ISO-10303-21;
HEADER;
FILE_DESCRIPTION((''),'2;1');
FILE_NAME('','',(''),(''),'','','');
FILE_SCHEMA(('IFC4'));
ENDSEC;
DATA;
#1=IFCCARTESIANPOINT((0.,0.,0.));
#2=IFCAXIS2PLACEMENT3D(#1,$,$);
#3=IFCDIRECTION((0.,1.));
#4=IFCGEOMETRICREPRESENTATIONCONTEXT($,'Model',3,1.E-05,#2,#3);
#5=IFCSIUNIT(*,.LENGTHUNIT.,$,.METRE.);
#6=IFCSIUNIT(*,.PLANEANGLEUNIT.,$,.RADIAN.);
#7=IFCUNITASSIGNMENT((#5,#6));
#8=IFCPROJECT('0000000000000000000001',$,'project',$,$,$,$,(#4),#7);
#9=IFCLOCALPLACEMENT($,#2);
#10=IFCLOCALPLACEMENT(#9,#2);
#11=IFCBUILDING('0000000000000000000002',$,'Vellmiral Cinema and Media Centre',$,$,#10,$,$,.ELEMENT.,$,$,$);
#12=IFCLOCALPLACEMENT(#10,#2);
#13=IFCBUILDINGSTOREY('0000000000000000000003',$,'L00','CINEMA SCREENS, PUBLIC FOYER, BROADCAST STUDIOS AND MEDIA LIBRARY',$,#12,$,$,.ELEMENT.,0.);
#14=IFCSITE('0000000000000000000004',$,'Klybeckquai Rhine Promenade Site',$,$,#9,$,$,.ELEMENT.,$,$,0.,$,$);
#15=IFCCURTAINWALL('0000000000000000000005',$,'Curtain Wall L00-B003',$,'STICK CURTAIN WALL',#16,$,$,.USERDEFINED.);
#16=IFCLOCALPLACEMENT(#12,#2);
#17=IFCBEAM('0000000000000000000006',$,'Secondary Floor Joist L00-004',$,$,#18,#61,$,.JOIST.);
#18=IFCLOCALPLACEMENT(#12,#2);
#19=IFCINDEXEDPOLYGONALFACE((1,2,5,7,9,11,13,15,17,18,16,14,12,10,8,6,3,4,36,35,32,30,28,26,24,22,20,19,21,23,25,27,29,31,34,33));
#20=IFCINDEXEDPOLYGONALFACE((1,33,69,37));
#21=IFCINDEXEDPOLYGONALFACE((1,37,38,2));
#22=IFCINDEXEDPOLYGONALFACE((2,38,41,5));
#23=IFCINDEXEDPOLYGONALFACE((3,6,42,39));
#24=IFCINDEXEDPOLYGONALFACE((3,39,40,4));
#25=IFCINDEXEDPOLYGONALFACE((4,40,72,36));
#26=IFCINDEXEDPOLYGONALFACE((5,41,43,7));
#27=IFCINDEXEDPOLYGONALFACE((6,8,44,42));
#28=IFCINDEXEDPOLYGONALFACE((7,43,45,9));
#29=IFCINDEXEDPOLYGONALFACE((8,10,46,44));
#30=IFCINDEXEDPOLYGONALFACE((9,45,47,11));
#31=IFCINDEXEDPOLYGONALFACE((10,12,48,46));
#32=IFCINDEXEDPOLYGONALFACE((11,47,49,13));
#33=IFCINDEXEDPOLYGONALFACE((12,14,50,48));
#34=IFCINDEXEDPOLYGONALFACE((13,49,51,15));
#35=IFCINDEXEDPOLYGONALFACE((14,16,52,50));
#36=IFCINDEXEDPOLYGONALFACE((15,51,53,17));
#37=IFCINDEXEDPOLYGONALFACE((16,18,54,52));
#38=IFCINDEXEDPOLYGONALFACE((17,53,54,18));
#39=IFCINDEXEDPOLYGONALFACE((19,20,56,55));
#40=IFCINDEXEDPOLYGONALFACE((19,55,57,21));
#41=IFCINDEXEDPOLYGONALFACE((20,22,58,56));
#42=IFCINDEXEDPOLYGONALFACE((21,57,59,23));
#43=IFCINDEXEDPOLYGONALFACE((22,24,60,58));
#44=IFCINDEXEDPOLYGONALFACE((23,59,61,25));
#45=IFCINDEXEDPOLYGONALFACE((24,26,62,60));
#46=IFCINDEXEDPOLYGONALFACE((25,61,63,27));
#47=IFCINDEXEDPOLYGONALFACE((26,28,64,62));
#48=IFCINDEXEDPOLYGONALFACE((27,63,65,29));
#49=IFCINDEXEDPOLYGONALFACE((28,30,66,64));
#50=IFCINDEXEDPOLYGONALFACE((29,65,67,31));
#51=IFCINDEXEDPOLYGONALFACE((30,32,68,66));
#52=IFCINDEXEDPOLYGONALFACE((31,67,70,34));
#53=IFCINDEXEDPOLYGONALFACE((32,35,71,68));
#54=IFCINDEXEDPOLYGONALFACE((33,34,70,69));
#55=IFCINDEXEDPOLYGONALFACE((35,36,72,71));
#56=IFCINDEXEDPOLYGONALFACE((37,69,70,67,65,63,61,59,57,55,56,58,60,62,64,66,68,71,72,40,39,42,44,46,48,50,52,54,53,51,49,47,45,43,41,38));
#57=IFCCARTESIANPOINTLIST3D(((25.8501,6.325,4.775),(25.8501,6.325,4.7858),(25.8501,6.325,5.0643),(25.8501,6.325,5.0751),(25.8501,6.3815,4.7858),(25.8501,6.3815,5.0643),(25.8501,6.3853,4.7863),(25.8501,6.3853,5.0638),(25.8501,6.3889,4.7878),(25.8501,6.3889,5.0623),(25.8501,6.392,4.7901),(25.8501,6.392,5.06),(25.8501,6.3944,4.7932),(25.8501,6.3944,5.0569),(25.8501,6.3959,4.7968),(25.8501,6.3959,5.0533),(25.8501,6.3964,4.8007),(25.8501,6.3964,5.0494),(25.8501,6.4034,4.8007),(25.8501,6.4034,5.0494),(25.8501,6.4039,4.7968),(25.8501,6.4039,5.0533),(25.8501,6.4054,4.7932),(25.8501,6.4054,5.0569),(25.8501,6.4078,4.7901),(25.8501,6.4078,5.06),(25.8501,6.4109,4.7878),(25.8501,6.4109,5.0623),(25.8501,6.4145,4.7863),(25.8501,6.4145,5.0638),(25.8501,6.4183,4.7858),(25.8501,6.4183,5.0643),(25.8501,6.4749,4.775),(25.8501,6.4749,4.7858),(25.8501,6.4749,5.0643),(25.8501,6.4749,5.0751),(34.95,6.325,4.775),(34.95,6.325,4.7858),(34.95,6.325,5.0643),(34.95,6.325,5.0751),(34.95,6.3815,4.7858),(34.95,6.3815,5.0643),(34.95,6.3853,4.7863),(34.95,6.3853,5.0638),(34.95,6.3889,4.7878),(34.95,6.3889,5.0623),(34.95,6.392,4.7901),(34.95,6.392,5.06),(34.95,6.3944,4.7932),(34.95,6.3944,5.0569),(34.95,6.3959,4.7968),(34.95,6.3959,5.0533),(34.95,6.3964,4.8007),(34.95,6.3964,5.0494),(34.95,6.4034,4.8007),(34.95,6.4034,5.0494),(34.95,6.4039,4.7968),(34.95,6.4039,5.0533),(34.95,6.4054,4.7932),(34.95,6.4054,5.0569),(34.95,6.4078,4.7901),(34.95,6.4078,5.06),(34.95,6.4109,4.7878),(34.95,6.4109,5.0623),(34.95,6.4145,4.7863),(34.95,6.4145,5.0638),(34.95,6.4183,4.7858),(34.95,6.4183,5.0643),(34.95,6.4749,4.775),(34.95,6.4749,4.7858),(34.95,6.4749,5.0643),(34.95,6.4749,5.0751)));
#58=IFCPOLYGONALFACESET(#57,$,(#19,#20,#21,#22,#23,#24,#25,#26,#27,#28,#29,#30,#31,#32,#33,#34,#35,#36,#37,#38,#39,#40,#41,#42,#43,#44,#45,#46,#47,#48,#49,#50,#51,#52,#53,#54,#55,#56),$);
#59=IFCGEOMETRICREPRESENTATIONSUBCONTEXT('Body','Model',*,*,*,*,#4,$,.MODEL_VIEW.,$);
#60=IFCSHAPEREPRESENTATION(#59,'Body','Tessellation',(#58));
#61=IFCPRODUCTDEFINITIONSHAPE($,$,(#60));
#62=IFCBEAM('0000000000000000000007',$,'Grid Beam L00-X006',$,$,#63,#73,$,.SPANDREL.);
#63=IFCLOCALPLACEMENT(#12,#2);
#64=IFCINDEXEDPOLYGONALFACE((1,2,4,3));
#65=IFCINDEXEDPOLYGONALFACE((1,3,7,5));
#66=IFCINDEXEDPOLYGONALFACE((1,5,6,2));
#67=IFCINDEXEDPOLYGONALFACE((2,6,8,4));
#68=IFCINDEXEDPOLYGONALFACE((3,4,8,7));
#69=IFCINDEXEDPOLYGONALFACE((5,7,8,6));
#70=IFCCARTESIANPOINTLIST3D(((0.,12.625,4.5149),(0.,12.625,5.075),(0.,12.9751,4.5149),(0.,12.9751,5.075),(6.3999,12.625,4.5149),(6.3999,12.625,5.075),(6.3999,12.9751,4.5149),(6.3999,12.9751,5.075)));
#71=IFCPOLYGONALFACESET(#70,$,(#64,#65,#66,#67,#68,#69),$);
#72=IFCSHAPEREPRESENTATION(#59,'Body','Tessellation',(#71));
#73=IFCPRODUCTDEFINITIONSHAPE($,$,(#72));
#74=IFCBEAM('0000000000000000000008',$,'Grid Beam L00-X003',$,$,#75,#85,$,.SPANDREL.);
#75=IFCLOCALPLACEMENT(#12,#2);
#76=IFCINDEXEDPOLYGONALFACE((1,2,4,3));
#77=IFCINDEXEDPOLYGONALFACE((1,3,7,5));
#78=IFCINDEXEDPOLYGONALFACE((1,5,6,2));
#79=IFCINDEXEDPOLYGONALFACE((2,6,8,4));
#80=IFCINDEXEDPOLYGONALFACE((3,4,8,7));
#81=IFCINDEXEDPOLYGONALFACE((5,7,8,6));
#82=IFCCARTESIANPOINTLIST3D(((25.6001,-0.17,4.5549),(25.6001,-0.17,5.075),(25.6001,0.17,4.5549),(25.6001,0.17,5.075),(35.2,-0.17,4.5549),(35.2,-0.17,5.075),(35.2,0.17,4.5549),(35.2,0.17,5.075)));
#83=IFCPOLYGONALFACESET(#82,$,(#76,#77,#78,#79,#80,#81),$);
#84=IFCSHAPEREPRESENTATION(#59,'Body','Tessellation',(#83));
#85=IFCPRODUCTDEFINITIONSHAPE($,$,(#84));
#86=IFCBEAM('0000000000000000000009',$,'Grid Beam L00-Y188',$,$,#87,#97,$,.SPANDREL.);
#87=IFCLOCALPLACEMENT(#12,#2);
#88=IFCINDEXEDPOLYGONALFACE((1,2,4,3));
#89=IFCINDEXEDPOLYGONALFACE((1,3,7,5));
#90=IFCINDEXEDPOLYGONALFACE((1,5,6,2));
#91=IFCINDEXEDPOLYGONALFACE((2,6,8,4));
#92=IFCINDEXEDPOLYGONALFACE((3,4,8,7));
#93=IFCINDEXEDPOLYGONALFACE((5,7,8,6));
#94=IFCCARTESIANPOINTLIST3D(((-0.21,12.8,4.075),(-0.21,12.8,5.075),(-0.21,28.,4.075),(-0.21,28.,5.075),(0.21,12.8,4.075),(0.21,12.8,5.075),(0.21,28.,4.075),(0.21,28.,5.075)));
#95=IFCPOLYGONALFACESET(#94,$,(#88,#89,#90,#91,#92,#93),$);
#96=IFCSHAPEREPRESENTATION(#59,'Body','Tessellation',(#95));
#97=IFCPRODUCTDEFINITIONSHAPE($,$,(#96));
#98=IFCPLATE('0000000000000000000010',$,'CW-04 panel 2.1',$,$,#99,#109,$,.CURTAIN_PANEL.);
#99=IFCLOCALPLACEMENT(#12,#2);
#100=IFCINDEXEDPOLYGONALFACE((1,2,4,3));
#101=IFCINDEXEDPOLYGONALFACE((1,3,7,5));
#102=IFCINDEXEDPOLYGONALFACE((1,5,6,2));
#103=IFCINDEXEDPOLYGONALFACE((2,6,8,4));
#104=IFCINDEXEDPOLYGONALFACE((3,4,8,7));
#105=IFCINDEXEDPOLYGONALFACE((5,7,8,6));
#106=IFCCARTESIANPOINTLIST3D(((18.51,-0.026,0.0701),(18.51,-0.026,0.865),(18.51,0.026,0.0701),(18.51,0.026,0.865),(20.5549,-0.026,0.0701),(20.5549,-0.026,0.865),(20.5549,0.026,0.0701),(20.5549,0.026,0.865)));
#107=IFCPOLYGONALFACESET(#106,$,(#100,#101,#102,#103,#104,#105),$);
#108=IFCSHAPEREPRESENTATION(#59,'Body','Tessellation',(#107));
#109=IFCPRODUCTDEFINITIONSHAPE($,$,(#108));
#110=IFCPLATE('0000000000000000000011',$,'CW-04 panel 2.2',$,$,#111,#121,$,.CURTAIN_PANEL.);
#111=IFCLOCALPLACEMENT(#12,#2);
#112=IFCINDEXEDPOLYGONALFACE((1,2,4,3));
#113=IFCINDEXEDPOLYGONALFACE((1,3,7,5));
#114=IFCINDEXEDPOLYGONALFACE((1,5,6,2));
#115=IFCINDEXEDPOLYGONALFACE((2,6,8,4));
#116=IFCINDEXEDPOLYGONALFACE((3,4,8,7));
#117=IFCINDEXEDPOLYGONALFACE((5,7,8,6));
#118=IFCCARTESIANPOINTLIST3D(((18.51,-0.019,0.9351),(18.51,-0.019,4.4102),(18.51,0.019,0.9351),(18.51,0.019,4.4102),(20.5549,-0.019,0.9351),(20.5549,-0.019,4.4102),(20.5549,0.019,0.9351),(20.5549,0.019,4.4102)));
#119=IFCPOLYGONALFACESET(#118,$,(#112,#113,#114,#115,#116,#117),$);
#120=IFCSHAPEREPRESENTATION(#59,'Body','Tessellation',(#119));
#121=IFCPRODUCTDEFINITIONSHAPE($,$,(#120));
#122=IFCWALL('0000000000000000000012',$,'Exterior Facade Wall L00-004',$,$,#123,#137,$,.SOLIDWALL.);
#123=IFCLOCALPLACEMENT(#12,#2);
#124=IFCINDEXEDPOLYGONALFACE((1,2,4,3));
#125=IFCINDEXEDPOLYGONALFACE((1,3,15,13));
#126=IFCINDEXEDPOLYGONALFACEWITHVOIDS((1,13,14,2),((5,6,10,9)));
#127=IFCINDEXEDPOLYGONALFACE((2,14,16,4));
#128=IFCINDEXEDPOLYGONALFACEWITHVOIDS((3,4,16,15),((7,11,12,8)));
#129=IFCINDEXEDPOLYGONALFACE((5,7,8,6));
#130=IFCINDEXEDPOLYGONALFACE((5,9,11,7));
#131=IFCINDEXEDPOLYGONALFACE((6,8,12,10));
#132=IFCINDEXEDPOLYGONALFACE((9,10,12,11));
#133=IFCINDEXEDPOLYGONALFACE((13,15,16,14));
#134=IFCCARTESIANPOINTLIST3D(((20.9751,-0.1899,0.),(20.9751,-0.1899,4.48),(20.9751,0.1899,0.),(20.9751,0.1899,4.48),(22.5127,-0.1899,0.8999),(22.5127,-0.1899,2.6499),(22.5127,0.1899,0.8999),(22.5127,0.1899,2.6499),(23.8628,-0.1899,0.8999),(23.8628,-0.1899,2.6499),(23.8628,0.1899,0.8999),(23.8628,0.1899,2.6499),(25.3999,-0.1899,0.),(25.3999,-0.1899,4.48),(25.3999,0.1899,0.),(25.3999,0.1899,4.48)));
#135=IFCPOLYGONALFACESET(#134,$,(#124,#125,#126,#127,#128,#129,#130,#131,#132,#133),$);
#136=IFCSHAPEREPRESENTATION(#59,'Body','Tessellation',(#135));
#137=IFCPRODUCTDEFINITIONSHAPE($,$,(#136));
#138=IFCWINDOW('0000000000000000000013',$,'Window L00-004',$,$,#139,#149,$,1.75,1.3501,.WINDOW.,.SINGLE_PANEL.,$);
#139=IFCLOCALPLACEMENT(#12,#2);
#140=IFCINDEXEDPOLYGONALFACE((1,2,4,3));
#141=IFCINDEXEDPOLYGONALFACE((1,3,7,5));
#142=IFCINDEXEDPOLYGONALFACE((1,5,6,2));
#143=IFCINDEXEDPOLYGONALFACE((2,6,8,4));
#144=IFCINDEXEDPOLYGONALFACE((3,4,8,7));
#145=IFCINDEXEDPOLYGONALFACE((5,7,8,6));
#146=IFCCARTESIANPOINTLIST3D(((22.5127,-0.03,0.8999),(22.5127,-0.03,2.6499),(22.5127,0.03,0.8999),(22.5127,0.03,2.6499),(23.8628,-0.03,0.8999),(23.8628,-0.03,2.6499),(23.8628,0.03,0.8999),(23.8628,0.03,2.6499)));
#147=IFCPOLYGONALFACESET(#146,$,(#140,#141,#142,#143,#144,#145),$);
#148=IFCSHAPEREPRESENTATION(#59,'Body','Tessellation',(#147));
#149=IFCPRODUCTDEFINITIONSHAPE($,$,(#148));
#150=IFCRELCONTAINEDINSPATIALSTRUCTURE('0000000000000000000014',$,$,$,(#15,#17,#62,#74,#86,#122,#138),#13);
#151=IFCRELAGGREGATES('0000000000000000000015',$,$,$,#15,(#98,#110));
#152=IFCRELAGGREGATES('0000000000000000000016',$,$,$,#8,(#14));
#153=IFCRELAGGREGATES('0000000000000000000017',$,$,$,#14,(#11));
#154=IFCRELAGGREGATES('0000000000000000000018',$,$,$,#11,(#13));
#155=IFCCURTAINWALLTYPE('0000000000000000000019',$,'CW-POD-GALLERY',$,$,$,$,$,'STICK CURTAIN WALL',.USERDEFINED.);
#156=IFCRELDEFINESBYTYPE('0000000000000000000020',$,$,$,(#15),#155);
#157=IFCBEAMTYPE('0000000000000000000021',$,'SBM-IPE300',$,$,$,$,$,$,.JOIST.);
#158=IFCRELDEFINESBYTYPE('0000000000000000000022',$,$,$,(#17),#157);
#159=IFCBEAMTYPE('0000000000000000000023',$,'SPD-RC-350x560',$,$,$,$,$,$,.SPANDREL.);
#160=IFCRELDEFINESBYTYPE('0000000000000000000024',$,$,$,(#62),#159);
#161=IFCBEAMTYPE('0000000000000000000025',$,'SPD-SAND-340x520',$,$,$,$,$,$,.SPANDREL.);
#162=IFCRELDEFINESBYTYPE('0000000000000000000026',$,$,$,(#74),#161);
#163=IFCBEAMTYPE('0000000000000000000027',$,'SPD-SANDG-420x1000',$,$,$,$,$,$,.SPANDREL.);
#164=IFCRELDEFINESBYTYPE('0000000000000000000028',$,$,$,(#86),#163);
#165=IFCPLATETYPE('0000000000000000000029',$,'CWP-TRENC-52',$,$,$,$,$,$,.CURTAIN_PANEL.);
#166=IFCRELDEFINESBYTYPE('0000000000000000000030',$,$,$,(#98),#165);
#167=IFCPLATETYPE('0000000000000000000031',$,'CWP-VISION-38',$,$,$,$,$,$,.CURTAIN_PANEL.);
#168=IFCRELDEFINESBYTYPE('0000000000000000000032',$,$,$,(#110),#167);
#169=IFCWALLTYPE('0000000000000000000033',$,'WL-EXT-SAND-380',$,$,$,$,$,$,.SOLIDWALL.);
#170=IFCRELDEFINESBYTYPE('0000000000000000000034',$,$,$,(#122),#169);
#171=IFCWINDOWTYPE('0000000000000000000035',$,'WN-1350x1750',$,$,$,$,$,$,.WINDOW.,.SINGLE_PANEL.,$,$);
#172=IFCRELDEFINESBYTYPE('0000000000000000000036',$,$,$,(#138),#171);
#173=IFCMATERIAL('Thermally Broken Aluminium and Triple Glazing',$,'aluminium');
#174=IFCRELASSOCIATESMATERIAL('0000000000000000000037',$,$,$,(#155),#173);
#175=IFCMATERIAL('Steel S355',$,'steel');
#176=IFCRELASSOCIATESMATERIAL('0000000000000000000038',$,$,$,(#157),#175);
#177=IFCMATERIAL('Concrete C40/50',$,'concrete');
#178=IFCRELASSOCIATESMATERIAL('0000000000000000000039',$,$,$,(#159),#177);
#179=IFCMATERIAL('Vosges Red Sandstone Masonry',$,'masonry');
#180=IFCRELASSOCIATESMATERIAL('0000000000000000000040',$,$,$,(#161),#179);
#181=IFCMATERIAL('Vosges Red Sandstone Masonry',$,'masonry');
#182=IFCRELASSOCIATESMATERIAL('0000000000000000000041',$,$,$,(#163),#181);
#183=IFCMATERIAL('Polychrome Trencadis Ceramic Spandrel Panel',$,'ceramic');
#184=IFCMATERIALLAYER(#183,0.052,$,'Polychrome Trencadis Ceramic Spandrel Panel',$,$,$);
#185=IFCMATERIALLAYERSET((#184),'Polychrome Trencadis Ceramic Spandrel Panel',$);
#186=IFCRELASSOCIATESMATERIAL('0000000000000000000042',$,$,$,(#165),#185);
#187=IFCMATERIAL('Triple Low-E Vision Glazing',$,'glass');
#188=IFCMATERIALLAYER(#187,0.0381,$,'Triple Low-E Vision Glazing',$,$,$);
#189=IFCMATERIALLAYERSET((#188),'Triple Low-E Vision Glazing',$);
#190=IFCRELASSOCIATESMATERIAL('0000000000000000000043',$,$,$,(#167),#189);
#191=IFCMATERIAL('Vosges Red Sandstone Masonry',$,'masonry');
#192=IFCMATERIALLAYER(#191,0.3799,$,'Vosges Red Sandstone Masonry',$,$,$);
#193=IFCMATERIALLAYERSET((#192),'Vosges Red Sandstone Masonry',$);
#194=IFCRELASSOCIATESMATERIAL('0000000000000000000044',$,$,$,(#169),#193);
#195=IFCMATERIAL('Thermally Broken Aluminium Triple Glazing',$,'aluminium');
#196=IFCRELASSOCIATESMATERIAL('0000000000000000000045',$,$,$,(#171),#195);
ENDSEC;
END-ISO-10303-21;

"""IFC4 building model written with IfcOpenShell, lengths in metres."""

from ifc_helpers import new_model, si_unit, direction, frame, frame_2d, origin, origin_2d, place, context, subcontext, project, spatial, rectangle, i_section, extrude, material, layer, layer_set, material_profile, profile_set, type_object, element, fill, aggregate, save


model = new_model("IFC4")

# Units and contexts
model_context = context("Model", 3, precision=1e-05, world=origin(), true_north=direction((0.0, 1.0)))
body_context = subcontext(model_context, "Body", "Model", "MODEL_VIEW")
ifc_project = project(units=[si_unit("LENGTHUNIT", "METRE"), si_unit("PLANEANGLEUNIT", "RADIAN")], contexts=[model_context])

# Site, building, storey
site_placement = place(None, origin())
site = spatial("IfcSite", under=ifc_project, at=site_placement, Name="Klybeckquai Rhine Promenade Site", CompositionType="ELEMENT", RefElevation=0.0)
building_placement = place(site_placement, origin())
building = spatial("IfcBuilding", under=site, at=building_placement, Name="Vellmiral Cinema and Media Centre", CompositionType="ELEMENT")
storey_placement = place(building_placement, origin())
storey = spatial("IfcBuildingStorey", under=building, at=storey_placement, Name="L00", Description="CINEMA SCREENS, PUBLIC FOYER, BROADCAST STUDIOS AND MEDIA LIBRARY", CompositionType="ELEMENT", Elevation=0.0)

# Curtain wall
ifc_material_1 = material(Name="Thermally Broken Aluminium and Triple Glazing", Category="aluminium")
curtain_wall_type = type_object("IfcCurtainWallType", Name="CW-POD-GALLERY", ElementType="STICK CURTAIN WALL", PredefinedType="USERDEFINED", material=ifc_material_1)
curtain_wall_1_placement = place(storey_placement, origin())
curtain_wall_1 = element("IfcCurtainWall", 1, at=curtain_wall_1_placement, inside=storey, type_object=curtain_wall_type, Name="Curtain Wall L00-B003", ObjectType="STICK CURTAIN WALL", PredefinedType="USERDEFINED")

# Beams
ifc_material_2 = material(Name="Steel S355", Category="steel")
ifc_material_profile_1 = material_profile(ifc_material_2, i_section(OverallWidth=0.1499, OverallDepth=0.3, WebThickness=0.0071, FlangeThickness=0.0107, FilletRadius=0.0149, at=origin_2d()), Name="IPE 300")
ifc_profile_set_1 = profile_set([ifc_material_profile_1], Name="Steel S355")
beam_type_1 = type_object("IfcBeamType", Name="SBM-IPE300", PredefinedType="JOIST", material=ifc_profile_set_1)
beam_1_placement = place(storey_placement, frame((25.8501, 6.3999, 4.925), z_axis=(1.0, 0.0, 0.0), x_axis=(0.0, 1.0, 0.0)))
element("IfcBeam", 2, at=beam_1_placement, inside=storey, type_object=beam_type_1, Name="Secondary Floor Joist L00-004", PredefinedType="JOIST", context=body_context, shape_type="SweptSolid", body=[
    extrude(i_section(OverallWidth=0.1499, OverallDepth=0.3, WebThickness=0.0071, FlangeThickness=0.0107, FilletRadius=0.0149, at=origin_2d()), origin(), (0.0, 0.0, 1.0), 9.0999),
])
ifc_material_3 = material(Name="Concrete C40/50", Category="concrete")
ifc_material_profile_2 = material_profile(ifc_material_3, rectangle(XDim=0.3501, YDim=0.5601, at=origin_2d()), Name="RC 350x560")
ifc_profile_set_2 = profile_set([ifc_material_profile_2], Name="Concrete C40/50")
beam_type_2 = type_object("IfcBeamType", Name="SPD-RC-350x560", PredefinedType="SPANDREL", material=ifc_profile_set_2)
beam_2_placement = place(storey_placement, frame((0.0, 12.8, 4.7949), z_axis=(1.0, 0.0, 0.0), x_axis=(0.0, 1.0, 0.0)))
element("IfcBeam", 3, at=beam_2_placement, inside=storey, type_object=beam_type_2, Name="Grid Beam L00-X006", PredefinedType="SPANDREL", context=body_context, shape_type="SweptSolid", body=[
    extrude(rectangle(XDim=0.3501, YDim=0.5601, at=origin_2d()), origin(), (0.0, 0.0, 1.0), 6.3999),
])
ifc_material_4 = material(Name="Vosges Red Sandstone Masonry", Category="masonry")
ifc_material_profile_3 = material_profile(ifc_material_4, rectangle(XDim=0.3401, YDim=0.52, at=origin_2d()), Name="SAND 340x520")
ifc_profile_set_3 = profile_set([ifc_material_profile_3], Name="Vosges Red Sandstone Masonry")
beam_type_3 = type_object("IfcBeamType", Name="SPD-SAND-340x520", PredefinedType="SPANDREL", material=ifc_profile_set_3)
beam_3_placement = place(storey_placement, frame((25.6001, 0.0, 4.8149), z_axis=(1.0, 0.0, 0.0), x_axis=(0.0, 1.0, 0.0)))
element("IfcBeam", 4, at=beam_3_placement, inside=storey, type_object=beam_type_3, Name="Grid Beam L00-X003", PredefinedType="SPANDREL", context=body_context, shape_type="SweptSolid", body=[
    extrude(rectangle(XDim=0.3401, YDim=0.52, at=origin_2d()), origin(), (0.0, 0.0, 1.0), 9.5999),
])
ifc_material_5 = material(Name="Vosges Red Sandstone Masonry", Category="masonry")
ifc_material_profile_4 = material_profile(ifc_material_5, rectangle(XDim=0.4199, YDim=1.0, at=origin_2d()), Name="SAND 420x1000")
ifc_profile_set_4 = profile_set([ifc_material_profile_4], Name="Vosges Red Sandstone Masonry")
beam_type_4 = type_object("IfcBeamType", Name="SPD-SANDG-420x1000", PredefinedType="SPANDREL", material=ifc_profile_set_4)
beam_4_placement = place(storey_placement, frame((0.0, 12.8, 4.575), z_axis=(0.0, 1.0, 0.0), x_axis=(-1.0, 0.0, 0.0)))
element("IfcBeam", 5, at=beam_4_placement, inside=storey, type_object=beam_type_4, Name="Grid Beam L00-Y188", PredefinedType="SPANDREL", context=body_context, shape_type="SweptSolid", body=[
    extrude(rectangle(XDim=0.4199, YDim=1.0, at=origin_2d()), origin(), (0.0, 0.0, 1.0), 15.2),
])

# Plates
ifc_material_6 = material(Name="Polychrome Trencadis Ceramic Spandrel Panel", Category="ceramic")
ifc_layer_1 = layer(ifc_material_6, 0.052, Name="Polychrome Trencadis Ceramic Spandrel Panel")
ifc_layer_set_1 = layer_set([ifc_layer_1], Name="Polychrome Trencadis Ceramic Spandrel Panel")
plate_type_1 = type_object("IfcPlateType", Name="CWP-TRENC-52", PredefinedType="CURTAIN_PANEL", material=ifc_layer_set_1)
plate_1_placement = place(storey_placement, frame((19.5325, 0.0, 0.0701), z_axis=(0.0, 0.0, 1.0), x_axis=(1.0, 0.0, 0.0)))
plate_1 = element("IfcPlate", 6, at=plate_1_placement, type_object=plate_type_1, Name="CW-04 panel 2.1", PredefinedType="CURTAIN_PANEL", context=body_context, shape_type="SweptSolid", body=[
    extrude(rectangle(XDim=2.0449, YDim=0.052, at=origin_2d()), origin(), (0.0, 0.0, 1.0), 0.7949),
])
ifc_material_7 = material(Name="Triple Low-E Vision Glazing", Category="glass")
ifc_layer_2 = layer(ifc_material_7, 0.0381, Name="Triple Low-E Vision Glazing")
ifc_layer_set_2 = layer_set([ifc_layer_2], Name="Triple Low-E Vision Glazing")
plate_type_2 = type_object("IfcPlateType", Name="CWP-VISION-38", PredefinedType="CURTAIN_PANEL", material=ifc_layer_set_2)
plate_2_placement = place(storey_placement, frame((19.5325, 0.0, 0.9351), z_axis=(0.0, 0.0, 1.0), x_axis=(1.0, 0.0, 0.0)))
plate_2 = element("IfcPlate", 7, at=plate_2_placement, type_object=plate_type_2, Name="CW-04 panel 2.2", PredefinedType="CURTAIN_PANEL", context=body_context, shape_type="SweptSolid", body=[
    extrude(rectangle(XDim=2.0449, YDim=0.0381, at=origin_2d()), origin(), (0.0, 0.0, 1.0), 3.4751),
])
aggregate(curtain_wall_1, [plate_1, plate_2])

# Wall, opening, window
ifc_material_8 = material(Name="Vosges Red Sandstone Masonry", Category="masonry")
ifc_layer_3 = layer(ifc_material_8, 0.3799, Name="Vosges Red Sandstone Masonry")
ifc_layer_set_3 = layer_set([ifc_layer_3], Name="Vosges Red Sandstone Masonry")
wall_type = type_object("IfcWallType", Name="WL-EXT-SAND-380", PredefinedType="SOLIDWALL", material=ifc_layer_set_3)
wall_1_placement = place(storey_placement, frame((20.9751, 0.0, 0.0), z_axis=(0.0, 0.0, 1.0), x_axis=(1.0, 0.0, 0.0)))
wall_1 = element("IfcWall", 8, at=wall_1_placement, inside=storey, type_object=wall_type, Name="Exterior Facade Wall L00-004", PredefinedType="SOLIDWALL", context=body_context, shape_type="SweptSolid", body=[
    extrude(rectangle(XDim=4.4248, YDim=0.3799, at=frame_2d((2.2124, 0.0))), origin(), (0.0, 0.0, 1.0), 4.48),
])
opening_1_placement = place(wall_1_placement, frame((1.5376, 0.0, 0.8999)))
opening_1 = element("IfcOpeningElement", 9, at=opening_1_placement, cuts=wall_1, PredefinedType="OPENING", context=body_context, shape_type="SweptSolid", body=[
    extrude(rectangle(XDim=1.3501, YDim=1.75, at=frame_2d((0.675, 0.875))), frame((0.0, 0.2019, 0.0), z_axis=(0.0, -1.0, 0.0), x_axis=(1.0, 0.0, 0.0)), (0.0, 0.0, 1.0), 0.4038),
])
ifc_material_9 = material(Name="Thermally Broken Aluminium Triple Glazing", Category="aluminium")
window_type_1 = type_object("IfcWindowType", Name="WN-1350x1750", PartitioningType="SINGLE_PANEL", PredefinedType="WINDOW", material=ifc_material_9)
window_1_placement = place(opening_1_placement, origin())
window_1 = element("IfcWindow", 10, at=window_1_placement, inside=storey, type_object=window_type_1, Name="Window L00-004", OverallHeight=1.75, OverallWidth=1.3501, PartitioningType="SINGLE_PANEL", PredefinedType="WINDOW", context=body_context, shape_type="SweptSolid", body=[
    extrude(rectangle(XDim=1.3501, YDim=1.75, at=frame_2d((0.675, 0.875))), frame((0.0, 0.03, 0.0), z_axis=(0.0, -1.0, 0.0), x_axis=(1.0, 0.0, 0.0)), (0.0, 0.0, 1.0), 0.0601),
])
fill(opening_1, window_1)

save(model, "model.ifc")
